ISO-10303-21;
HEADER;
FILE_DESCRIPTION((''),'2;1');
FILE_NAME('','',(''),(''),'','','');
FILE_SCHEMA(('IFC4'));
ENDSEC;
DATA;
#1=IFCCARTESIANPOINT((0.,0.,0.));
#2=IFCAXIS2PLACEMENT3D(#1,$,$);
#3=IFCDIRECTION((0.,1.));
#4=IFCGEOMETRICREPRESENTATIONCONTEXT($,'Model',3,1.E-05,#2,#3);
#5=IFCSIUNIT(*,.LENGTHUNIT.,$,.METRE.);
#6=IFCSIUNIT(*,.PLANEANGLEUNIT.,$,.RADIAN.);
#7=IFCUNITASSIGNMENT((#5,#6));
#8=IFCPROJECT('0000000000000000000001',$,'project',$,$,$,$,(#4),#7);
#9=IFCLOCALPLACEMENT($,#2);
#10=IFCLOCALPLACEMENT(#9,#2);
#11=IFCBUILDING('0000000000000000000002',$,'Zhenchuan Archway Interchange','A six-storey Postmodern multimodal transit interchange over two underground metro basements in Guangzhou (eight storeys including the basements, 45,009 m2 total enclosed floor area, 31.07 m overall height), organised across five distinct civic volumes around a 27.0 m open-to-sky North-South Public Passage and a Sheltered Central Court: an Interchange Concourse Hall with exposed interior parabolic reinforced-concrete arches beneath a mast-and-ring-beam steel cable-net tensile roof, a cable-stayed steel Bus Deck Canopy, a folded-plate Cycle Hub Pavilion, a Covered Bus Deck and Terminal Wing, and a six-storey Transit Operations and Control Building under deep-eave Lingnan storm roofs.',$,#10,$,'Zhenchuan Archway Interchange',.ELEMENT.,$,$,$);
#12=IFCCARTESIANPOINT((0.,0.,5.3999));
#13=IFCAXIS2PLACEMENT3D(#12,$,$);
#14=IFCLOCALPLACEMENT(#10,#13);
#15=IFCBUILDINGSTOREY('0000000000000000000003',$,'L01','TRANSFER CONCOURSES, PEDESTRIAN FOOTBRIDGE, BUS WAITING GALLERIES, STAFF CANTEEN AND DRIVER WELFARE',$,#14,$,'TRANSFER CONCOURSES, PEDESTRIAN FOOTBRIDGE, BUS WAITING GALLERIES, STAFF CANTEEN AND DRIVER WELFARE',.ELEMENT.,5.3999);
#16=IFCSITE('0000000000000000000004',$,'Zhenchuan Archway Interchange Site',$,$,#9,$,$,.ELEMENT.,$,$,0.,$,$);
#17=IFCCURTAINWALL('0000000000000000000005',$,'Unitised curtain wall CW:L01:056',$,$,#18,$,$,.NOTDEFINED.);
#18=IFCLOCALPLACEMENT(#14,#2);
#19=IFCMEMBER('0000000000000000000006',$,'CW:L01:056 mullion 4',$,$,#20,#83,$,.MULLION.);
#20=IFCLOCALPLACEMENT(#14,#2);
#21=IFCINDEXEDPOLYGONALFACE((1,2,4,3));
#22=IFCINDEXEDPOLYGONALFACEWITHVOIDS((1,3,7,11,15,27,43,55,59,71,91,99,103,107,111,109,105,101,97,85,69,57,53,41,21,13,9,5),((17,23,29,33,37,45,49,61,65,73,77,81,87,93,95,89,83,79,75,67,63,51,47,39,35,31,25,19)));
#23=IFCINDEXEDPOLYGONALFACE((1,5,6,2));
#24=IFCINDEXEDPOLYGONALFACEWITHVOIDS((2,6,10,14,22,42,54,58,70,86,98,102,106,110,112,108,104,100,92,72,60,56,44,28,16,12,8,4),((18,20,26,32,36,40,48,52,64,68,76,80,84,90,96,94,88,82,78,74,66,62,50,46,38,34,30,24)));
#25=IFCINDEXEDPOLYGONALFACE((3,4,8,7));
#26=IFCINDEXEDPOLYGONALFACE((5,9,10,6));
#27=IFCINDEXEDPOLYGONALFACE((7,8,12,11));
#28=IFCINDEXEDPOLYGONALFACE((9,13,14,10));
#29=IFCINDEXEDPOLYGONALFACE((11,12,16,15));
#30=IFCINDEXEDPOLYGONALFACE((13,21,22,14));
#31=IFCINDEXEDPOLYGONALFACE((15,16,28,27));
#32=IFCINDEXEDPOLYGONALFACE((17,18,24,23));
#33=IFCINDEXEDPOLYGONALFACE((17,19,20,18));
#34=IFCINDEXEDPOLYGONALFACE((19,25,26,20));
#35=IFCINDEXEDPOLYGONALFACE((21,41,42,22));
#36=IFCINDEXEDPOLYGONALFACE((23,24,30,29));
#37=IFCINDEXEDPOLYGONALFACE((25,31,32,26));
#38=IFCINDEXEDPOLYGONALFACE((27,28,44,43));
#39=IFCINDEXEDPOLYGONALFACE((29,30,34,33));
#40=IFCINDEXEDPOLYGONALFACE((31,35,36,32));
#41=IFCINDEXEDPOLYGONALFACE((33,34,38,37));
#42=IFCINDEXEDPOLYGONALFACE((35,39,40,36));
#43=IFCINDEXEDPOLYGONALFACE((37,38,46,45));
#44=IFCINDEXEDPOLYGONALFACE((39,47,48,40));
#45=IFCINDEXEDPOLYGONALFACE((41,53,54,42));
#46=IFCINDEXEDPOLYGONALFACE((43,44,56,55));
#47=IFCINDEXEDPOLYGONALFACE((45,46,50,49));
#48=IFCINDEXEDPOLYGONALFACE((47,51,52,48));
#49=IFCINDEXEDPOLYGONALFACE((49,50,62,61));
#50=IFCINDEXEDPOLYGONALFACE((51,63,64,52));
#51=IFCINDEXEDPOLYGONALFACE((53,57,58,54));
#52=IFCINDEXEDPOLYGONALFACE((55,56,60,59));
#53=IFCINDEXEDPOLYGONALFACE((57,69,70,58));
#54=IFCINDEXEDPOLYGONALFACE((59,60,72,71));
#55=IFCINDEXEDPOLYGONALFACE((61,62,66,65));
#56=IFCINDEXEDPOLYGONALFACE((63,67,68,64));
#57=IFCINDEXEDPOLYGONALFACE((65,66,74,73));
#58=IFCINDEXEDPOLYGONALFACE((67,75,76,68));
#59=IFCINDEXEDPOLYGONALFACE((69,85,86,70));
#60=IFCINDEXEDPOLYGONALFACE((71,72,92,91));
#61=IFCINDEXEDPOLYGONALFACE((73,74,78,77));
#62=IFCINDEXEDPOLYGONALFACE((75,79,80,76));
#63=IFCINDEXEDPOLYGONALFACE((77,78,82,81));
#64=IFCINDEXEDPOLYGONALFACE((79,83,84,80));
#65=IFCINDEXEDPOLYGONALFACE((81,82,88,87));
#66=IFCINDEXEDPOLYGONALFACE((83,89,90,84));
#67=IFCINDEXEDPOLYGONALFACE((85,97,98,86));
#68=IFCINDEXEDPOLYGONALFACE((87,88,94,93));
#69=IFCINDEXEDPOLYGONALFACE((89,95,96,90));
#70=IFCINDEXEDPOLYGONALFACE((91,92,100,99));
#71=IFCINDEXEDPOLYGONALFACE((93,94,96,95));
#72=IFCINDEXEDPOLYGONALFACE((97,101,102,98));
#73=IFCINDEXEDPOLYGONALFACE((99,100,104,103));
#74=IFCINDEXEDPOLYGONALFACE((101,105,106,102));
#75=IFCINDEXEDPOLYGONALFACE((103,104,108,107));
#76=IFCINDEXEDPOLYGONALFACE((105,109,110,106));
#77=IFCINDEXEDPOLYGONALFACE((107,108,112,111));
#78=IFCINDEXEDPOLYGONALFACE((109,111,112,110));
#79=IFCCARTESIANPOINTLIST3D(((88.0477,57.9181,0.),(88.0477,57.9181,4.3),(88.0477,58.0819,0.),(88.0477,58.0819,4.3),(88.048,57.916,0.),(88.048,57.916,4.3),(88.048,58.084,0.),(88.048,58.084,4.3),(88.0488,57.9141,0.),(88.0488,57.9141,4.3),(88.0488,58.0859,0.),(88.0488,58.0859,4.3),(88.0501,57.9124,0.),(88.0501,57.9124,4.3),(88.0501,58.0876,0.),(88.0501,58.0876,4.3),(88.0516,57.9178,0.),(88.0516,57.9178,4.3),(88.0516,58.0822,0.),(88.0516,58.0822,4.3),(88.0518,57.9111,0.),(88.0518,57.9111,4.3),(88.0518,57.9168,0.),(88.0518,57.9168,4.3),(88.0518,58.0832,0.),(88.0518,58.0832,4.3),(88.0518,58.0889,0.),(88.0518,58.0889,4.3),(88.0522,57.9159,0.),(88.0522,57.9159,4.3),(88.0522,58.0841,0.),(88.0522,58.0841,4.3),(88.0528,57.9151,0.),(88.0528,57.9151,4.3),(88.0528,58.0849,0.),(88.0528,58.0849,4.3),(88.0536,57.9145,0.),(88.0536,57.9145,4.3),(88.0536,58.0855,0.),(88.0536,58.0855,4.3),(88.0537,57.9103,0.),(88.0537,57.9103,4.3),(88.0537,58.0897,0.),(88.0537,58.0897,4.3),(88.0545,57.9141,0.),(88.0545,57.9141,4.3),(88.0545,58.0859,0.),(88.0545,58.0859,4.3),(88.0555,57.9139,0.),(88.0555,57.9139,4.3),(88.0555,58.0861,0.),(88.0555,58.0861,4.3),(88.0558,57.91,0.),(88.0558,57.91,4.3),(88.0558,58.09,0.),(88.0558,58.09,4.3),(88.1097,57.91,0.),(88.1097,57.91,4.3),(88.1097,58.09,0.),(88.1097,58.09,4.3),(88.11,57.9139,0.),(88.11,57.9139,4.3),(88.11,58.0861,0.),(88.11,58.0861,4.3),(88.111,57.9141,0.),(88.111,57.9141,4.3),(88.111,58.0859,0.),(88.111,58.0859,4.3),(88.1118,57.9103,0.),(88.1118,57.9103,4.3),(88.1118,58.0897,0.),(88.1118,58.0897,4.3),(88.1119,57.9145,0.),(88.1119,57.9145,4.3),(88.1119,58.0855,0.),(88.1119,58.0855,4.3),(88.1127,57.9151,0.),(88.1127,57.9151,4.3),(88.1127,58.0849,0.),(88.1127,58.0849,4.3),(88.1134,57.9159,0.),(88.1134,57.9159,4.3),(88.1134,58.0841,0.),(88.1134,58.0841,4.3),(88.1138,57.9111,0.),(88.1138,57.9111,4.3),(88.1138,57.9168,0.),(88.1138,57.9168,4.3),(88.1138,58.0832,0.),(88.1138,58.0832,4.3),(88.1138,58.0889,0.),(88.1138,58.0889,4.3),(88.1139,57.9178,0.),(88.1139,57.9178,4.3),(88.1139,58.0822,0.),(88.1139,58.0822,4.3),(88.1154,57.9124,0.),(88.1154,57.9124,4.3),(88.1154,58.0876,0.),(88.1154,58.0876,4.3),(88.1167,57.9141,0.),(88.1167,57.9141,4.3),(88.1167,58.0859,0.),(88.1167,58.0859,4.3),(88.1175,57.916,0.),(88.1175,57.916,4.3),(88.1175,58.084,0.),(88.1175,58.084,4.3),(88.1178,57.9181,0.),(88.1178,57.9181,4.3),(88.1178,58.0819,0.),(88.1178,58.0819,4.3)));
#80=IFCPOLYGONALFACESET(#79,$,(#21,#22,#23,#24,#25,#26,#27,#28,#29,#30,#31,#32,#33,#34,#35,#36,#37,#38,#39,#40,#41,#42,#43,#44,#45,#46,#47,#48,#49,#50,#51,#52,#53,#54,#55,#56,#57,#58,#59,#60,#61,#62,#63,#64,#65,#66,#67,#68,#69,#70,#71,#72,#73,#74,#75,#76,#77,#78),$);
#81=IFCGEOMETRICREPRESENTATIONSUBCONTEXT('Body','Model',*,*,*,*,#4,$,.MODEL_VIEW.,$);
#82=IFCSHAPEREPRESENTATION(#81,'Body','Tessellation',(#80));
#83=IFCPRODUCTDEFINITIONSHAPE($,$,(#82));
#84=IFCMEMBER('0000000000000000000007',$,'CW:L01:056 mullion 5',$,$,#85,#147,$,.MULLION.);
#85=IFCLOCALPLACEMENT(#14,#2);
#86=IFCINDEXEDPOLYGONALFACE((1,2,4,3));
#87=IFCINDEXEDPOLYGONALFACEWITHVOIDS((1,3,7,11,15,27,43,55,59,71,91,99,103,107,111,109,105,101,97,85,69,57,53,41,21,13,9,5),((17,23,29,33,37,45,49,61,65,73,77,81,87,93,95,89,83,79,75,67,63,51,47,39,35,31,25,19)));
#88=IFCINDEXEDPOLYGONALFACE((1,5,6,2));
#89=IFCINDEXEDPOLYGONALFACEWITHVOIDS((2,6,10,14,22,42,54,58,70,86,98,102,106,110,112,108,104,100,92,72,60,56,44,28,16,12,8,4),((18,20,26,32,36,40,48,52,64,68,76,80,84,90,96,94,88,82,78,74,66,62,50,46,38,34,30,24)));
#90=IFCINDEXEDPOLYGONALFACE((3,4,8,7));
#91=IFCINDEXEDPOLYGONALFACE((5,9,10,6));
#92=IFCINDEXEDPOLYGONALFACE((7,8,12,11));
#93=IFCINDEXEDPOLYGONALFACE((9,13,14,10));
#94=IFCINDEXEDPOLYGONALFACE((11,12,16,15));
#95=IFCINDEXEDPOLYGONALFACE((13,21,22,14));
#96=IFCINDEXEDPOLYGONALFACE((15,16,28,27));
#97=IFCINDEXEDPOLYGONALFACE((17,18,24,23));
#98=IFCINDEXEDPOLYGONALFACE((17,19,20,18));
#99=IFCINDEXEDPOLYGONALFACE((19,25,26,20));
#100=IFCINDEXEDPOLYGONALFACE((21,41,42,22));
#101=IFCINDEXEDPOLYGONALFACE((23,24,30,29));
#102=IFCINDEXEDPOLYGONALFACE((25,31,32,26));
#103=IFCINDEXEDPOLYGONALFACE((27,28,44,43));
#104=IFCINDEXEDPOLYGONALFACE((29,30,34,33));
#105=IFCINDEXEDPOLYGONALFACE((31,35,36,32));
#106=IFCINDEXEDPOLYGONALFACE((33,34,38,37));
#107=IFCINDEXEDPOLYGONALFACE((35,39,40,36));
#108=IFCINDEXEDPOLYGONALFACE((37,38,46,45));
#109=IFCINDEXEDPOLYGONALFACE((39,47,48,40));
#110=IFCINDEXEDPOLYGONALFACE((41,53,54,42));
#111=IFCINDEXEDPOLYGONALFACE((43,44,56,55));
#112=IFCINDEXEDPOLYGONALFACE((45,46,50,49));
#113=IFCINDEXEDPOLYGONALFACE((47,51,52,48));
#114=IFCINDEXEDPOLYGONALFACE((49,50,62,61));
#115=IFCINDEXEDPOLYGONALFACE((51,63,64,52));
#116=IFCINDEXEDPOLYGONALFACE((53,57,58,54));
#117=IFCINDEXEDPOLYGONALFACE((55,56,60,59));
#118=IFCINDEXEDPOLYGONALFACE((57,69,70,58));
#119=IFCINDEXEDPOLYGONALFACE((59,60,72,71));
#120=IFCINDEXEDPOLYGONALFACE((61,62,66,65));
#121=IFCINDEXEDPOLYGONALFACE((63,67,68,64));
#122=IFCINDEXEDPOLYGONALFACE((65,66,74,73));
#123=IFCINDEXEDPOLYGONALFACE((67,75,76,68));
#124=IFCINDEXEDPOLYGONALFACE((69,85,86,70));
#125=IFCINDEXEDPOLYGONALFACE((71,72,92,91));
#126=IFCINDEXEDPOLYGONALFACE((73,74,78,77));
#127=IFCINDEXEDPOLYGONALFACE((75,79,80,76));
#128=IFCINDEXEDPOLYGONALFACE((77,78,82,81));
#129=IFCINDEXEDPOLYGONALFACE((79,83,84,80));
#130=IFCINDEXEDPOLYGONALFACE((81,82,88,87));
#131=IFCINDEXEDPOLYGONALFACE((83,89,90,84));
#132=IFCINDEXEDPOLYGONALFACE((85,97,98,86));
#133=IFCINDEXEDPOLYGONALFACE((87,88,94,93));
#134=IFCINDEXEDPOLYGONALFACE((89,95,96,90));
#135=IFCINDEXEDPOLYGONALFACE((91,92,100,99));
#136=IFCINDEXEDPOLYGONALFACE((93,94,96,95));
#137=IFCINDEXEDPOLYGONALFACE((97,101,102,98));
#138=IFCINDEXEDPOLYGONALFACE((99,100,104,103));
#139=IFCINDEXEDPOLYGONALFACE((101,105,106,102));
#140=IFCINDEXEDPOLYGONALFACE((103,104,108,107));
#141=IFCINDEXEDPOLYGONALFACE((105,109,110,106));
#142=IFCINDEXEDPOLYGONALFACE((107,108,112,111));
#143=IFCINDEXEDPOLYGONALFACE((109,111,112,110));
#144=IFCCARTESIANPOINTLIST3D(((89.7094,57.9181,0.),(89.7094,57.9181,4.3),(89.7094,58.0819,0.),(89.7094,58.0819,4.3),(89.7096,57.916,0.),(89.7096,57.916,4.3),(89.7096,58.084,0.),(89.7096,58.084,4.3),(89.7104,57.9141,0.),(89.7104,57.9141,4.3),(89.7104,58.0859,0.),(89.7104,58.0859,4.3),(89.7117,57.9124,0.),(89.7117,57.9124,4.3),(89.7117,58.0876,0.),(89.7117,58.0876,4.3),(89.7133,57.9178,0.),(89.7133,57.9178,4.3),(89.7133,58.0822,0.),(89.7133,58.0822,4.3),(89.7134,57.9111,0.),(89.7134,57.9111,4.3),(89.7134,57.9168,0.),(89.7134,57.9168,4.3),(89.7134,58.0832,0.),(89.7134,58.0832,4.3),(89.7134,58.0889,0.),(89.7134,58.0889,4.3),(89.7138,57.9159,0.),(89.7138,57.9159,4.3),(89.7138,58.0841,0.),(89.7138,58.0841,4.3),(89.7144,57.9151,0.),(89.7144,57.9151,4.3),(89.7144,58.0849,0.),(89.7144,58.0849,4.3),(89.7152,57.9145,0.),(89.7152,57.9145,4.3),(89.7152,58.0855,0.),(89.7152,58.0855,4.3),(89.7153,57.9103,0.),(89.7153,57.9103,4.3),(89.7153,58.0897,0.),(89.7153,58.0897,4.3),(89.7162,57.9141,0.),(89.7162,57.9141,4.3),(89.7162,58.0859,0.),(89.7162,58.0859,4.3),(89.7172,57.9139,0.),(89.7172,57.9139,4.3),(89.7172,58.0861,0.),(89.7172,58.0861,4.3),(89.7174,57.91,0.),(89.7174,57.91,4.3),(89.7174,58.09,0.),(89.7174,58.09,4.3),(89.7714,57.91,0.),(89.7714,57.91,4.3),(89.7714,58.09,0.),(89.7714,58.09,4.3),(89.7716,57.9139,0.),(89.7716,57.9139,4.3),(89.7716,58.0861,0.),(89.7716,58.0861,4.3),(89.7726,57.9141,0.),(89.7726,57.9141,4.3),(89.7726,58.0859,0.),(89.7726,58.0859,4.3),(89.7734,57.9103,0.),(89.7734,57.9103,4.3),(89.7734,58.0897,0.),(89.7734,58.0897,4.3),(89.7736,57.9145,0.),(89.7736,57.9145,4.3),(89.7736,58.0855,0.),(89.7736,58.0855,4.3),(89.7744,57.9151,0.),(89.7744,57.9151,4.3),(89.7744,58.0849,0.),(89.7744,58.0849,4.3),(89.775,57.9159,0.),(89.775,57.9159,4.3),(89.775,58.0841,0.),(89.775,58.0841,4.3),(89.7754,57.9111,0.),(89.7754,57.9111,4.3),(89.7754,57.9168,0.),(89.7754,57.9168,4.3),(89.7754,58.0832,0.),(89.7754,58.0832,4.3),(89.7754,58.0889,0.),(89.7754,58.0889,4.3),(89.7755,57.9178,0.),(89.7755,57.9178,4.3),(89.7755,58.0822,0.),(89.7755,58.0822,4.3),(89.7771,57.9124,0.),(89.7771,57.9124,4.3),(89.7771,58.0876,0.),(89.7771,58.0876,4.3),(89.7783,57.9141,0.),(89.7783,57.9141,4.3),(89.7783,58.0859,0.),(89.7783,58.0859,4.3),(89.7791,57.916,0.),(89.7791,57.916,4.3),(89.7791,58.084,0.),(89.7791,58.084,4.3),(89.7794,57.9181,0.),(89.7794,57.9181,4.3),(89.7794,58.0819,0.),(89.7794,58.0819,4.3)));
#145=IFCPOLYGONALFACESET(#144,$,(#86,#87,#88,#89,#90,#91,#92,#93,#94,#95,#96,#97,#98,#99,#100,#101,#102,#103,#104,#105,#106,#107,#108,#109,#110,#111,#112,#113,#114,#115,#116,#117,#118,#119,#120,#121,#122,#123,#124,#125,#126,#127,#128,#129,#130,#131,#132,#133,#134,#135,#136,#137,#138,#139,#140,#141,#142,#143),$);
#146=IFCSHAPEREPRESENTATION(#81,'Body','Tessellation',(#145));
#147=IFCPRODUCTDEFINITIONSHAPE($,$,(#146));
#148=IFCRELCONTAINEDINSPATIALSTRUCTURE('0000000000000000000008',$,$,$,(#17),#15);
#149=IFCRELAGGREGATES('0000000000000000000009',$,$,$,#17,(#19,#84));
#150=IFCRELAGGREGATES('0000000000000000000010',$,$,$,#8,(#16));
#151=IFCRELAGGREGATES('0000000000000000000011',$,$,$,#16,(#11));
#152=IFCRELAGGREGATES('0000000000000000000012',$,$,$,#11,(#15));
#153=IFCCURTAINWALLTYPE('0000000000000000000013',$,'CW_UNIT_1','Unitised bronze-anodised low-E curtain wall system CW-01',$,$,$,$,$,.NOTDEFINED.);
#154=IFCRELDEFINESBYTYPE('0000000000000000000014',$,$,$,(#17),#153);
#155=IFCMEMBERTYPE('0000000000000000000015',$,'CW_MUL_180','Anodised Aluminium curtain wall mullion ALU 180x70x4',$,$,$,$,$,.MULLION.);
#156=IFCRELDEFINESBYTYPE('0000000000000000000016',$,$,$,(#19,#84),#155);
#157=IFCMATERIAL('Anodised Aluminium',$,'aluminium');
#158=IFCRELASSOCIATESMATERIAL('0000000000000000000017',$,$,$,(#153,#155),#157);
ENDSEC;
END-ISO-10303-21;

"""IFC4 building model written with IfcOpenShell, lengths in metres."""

from ifc_helpers import new_model, si_unit, direction, frame, origin, origin_2d, place, context, subcontext, project, spatial, hollow_rectangle, extrude, material, material_profile, profile_set, type_object, element, aggregate, save


model = new_model("IFC4")

# Units and contexts
model_context = context("Model", 3, precision=1e-05, world=origin(), true_north=direction((0.0, 1.0)))
body_context = subcontext(model_context, "Body", "Model", "MODEL_VIEW")
ifc_project = project(units=[si_unit("LENGTHUNIT", "METRE"), si_unit("PLANEANGLEUNIT", "RADIAN")], contexts=[model_context])

# Site, building, storey
site_placement = place(None, origin())
site = spatial("IfcSite", under=ifc_project, at=site_placement, Name="Zhenchuan Archway Interchange Site", CompositionType="ELEMENT", RefElevation=0.0)
building_placement = place(site_placement, origin())
building = spatial("IfcBuilding", under=site, at=building_placement, Name="Zhenchuan Archway Interchange", Description="A six-storey Postmodern multimodal transit interchange over two underground metro basements in Guangzhou (eight storeys including the basements, 45,009 m2 total enclosed floor area, 31.07 m overall height), organised across five distinct civic volumes around a 27.0 m open-to-sky North-South Public Passage and a Sheltered Central Court: an Interchange Concourse Hall with exposed interior parabolic reinforced-concrete arches beneath a mast-and-ring-beam steel cable-net tensile roof, a cable-stayed steel Bus Deck Canopy, a folded-plate Cycle Hub Pavilion, a Covered Bus Deck and Terminal Wing, and a six-storey Transit Operations and Control Building under deep-eave Lingnan storm roofs.", LongName="Zhenchuan Archway Interchange", CompositionType="ELEMENT")
storey_placement = place(building_placement, frame((0.0, 0.0, 5.3999)))
storey = spatial("IfcBuildingStorey", under=building, at=storey_placement, Name="L01", Description="TRANSFER CONCOURSES, PEDESTRIAN FOOTBRIDGE, BUS WAITING GALLERIES, STAFF CANTEEN AND DRIVER WELFARE", LongName="TRANSFER CONCOURSES, PEDESTRIAN FOOTBRIDGE, BUS WAITING GALLERIES, STAFF CANTEEN AND DRIVER WELFARE", CompositionType="ELEMENT", Elevation=5.3999)

# Curtain wall, members
ifc_material_1 = material(Name="Anodised Aluminium", Category="aluminium")
curtain_wall_type_1 = type_object("IfcCurtainWallType", Name="CW_UNIT_1", Description="Unitised bronze-anodised low-E curtain wall system CW-01", PredefinedType="NOTDEFINED", material=ifc_material_1)
curtain_wall_1_placement = place(storey_placement, origin())
curtain_wall_1 = element("IfcCurtainWall", 1, at=curtain_wall_1_placement, inside=storey, type_object=curtain_wall_type_1, Name="Unitised curtain wall CW:L01:056", PredefinedType="NOTDEFINED")
ifc_material_profile_1 = material_profile(ifc_material_1, hollow_rectangle(XDim=0.0701, YDim=0.1799, WallThickness=0.0039, InnerFilletRadius=0.0039, OuterFilletRadius=0.0081, at=origin_2d()), Name="ALU 180x70x4")
ifc_profile_set_1 = profile_set([ifc_material_profile_1], Name="Anodised Aluminium")
member_type_1 = type_object("IfcMemberType", Name="CW_MUL_180", Description="Anodised Aluminium curtain wall mullion ALU 180x70x4", PredefinedType="MULLION", material=ifc_profile_set_1)
member_1_placement = place(storey_placement, frame((88.0828, 58.0, 0.0), z_axis=(0.0, 0.0, 1.0), x_axis=(1.0, 0.0, 0.0)))
member_1 = element("IfcMember", 2, at=member_1_placement, type_object=member_type_1, Name="CW:L01:056 mullion 4", PredefinedType="MULLION", context=body_context, shape_type="SweptSolid", body=[
    extrude(hollow_rectangle(XDim=0.0701, YDim=0.1799, WallThickness=0.0039, InnerFilletRadius=0.0039, OuterFilletRadius=0.0081, at=origin_2d()), origin(), (0.0, 0.0, 1.0), 4.3),
])
member_2_placement = place(storey_placement, frame((89.7444, 58.0, 0.0), z_axis=(0.0, 0.0, 1.0), x_axis=(1.0, 0.0, 0.0)))
member_2 = element("IfcMember", 3, at=member_2_placement, type_object=member_type_1, Name="CW:L01:056 mullion 5", PredefinedType="MULLION", context=body_context, shape_type="SweptSolid", body=[
    extrude(hollow_rectangle(XDim=0.0701, YDim=0.1799, WallThickness=0.0039, InnerFilletRadius=0.0039, OuterFilletRadius=0.0081, at=origin_2d()), origin(), (0.0, 0.0, 1.0), 4.3),
])

aggregate(curtain_wall_1, [member_1, member_2])

save(model, "model.ifc")
